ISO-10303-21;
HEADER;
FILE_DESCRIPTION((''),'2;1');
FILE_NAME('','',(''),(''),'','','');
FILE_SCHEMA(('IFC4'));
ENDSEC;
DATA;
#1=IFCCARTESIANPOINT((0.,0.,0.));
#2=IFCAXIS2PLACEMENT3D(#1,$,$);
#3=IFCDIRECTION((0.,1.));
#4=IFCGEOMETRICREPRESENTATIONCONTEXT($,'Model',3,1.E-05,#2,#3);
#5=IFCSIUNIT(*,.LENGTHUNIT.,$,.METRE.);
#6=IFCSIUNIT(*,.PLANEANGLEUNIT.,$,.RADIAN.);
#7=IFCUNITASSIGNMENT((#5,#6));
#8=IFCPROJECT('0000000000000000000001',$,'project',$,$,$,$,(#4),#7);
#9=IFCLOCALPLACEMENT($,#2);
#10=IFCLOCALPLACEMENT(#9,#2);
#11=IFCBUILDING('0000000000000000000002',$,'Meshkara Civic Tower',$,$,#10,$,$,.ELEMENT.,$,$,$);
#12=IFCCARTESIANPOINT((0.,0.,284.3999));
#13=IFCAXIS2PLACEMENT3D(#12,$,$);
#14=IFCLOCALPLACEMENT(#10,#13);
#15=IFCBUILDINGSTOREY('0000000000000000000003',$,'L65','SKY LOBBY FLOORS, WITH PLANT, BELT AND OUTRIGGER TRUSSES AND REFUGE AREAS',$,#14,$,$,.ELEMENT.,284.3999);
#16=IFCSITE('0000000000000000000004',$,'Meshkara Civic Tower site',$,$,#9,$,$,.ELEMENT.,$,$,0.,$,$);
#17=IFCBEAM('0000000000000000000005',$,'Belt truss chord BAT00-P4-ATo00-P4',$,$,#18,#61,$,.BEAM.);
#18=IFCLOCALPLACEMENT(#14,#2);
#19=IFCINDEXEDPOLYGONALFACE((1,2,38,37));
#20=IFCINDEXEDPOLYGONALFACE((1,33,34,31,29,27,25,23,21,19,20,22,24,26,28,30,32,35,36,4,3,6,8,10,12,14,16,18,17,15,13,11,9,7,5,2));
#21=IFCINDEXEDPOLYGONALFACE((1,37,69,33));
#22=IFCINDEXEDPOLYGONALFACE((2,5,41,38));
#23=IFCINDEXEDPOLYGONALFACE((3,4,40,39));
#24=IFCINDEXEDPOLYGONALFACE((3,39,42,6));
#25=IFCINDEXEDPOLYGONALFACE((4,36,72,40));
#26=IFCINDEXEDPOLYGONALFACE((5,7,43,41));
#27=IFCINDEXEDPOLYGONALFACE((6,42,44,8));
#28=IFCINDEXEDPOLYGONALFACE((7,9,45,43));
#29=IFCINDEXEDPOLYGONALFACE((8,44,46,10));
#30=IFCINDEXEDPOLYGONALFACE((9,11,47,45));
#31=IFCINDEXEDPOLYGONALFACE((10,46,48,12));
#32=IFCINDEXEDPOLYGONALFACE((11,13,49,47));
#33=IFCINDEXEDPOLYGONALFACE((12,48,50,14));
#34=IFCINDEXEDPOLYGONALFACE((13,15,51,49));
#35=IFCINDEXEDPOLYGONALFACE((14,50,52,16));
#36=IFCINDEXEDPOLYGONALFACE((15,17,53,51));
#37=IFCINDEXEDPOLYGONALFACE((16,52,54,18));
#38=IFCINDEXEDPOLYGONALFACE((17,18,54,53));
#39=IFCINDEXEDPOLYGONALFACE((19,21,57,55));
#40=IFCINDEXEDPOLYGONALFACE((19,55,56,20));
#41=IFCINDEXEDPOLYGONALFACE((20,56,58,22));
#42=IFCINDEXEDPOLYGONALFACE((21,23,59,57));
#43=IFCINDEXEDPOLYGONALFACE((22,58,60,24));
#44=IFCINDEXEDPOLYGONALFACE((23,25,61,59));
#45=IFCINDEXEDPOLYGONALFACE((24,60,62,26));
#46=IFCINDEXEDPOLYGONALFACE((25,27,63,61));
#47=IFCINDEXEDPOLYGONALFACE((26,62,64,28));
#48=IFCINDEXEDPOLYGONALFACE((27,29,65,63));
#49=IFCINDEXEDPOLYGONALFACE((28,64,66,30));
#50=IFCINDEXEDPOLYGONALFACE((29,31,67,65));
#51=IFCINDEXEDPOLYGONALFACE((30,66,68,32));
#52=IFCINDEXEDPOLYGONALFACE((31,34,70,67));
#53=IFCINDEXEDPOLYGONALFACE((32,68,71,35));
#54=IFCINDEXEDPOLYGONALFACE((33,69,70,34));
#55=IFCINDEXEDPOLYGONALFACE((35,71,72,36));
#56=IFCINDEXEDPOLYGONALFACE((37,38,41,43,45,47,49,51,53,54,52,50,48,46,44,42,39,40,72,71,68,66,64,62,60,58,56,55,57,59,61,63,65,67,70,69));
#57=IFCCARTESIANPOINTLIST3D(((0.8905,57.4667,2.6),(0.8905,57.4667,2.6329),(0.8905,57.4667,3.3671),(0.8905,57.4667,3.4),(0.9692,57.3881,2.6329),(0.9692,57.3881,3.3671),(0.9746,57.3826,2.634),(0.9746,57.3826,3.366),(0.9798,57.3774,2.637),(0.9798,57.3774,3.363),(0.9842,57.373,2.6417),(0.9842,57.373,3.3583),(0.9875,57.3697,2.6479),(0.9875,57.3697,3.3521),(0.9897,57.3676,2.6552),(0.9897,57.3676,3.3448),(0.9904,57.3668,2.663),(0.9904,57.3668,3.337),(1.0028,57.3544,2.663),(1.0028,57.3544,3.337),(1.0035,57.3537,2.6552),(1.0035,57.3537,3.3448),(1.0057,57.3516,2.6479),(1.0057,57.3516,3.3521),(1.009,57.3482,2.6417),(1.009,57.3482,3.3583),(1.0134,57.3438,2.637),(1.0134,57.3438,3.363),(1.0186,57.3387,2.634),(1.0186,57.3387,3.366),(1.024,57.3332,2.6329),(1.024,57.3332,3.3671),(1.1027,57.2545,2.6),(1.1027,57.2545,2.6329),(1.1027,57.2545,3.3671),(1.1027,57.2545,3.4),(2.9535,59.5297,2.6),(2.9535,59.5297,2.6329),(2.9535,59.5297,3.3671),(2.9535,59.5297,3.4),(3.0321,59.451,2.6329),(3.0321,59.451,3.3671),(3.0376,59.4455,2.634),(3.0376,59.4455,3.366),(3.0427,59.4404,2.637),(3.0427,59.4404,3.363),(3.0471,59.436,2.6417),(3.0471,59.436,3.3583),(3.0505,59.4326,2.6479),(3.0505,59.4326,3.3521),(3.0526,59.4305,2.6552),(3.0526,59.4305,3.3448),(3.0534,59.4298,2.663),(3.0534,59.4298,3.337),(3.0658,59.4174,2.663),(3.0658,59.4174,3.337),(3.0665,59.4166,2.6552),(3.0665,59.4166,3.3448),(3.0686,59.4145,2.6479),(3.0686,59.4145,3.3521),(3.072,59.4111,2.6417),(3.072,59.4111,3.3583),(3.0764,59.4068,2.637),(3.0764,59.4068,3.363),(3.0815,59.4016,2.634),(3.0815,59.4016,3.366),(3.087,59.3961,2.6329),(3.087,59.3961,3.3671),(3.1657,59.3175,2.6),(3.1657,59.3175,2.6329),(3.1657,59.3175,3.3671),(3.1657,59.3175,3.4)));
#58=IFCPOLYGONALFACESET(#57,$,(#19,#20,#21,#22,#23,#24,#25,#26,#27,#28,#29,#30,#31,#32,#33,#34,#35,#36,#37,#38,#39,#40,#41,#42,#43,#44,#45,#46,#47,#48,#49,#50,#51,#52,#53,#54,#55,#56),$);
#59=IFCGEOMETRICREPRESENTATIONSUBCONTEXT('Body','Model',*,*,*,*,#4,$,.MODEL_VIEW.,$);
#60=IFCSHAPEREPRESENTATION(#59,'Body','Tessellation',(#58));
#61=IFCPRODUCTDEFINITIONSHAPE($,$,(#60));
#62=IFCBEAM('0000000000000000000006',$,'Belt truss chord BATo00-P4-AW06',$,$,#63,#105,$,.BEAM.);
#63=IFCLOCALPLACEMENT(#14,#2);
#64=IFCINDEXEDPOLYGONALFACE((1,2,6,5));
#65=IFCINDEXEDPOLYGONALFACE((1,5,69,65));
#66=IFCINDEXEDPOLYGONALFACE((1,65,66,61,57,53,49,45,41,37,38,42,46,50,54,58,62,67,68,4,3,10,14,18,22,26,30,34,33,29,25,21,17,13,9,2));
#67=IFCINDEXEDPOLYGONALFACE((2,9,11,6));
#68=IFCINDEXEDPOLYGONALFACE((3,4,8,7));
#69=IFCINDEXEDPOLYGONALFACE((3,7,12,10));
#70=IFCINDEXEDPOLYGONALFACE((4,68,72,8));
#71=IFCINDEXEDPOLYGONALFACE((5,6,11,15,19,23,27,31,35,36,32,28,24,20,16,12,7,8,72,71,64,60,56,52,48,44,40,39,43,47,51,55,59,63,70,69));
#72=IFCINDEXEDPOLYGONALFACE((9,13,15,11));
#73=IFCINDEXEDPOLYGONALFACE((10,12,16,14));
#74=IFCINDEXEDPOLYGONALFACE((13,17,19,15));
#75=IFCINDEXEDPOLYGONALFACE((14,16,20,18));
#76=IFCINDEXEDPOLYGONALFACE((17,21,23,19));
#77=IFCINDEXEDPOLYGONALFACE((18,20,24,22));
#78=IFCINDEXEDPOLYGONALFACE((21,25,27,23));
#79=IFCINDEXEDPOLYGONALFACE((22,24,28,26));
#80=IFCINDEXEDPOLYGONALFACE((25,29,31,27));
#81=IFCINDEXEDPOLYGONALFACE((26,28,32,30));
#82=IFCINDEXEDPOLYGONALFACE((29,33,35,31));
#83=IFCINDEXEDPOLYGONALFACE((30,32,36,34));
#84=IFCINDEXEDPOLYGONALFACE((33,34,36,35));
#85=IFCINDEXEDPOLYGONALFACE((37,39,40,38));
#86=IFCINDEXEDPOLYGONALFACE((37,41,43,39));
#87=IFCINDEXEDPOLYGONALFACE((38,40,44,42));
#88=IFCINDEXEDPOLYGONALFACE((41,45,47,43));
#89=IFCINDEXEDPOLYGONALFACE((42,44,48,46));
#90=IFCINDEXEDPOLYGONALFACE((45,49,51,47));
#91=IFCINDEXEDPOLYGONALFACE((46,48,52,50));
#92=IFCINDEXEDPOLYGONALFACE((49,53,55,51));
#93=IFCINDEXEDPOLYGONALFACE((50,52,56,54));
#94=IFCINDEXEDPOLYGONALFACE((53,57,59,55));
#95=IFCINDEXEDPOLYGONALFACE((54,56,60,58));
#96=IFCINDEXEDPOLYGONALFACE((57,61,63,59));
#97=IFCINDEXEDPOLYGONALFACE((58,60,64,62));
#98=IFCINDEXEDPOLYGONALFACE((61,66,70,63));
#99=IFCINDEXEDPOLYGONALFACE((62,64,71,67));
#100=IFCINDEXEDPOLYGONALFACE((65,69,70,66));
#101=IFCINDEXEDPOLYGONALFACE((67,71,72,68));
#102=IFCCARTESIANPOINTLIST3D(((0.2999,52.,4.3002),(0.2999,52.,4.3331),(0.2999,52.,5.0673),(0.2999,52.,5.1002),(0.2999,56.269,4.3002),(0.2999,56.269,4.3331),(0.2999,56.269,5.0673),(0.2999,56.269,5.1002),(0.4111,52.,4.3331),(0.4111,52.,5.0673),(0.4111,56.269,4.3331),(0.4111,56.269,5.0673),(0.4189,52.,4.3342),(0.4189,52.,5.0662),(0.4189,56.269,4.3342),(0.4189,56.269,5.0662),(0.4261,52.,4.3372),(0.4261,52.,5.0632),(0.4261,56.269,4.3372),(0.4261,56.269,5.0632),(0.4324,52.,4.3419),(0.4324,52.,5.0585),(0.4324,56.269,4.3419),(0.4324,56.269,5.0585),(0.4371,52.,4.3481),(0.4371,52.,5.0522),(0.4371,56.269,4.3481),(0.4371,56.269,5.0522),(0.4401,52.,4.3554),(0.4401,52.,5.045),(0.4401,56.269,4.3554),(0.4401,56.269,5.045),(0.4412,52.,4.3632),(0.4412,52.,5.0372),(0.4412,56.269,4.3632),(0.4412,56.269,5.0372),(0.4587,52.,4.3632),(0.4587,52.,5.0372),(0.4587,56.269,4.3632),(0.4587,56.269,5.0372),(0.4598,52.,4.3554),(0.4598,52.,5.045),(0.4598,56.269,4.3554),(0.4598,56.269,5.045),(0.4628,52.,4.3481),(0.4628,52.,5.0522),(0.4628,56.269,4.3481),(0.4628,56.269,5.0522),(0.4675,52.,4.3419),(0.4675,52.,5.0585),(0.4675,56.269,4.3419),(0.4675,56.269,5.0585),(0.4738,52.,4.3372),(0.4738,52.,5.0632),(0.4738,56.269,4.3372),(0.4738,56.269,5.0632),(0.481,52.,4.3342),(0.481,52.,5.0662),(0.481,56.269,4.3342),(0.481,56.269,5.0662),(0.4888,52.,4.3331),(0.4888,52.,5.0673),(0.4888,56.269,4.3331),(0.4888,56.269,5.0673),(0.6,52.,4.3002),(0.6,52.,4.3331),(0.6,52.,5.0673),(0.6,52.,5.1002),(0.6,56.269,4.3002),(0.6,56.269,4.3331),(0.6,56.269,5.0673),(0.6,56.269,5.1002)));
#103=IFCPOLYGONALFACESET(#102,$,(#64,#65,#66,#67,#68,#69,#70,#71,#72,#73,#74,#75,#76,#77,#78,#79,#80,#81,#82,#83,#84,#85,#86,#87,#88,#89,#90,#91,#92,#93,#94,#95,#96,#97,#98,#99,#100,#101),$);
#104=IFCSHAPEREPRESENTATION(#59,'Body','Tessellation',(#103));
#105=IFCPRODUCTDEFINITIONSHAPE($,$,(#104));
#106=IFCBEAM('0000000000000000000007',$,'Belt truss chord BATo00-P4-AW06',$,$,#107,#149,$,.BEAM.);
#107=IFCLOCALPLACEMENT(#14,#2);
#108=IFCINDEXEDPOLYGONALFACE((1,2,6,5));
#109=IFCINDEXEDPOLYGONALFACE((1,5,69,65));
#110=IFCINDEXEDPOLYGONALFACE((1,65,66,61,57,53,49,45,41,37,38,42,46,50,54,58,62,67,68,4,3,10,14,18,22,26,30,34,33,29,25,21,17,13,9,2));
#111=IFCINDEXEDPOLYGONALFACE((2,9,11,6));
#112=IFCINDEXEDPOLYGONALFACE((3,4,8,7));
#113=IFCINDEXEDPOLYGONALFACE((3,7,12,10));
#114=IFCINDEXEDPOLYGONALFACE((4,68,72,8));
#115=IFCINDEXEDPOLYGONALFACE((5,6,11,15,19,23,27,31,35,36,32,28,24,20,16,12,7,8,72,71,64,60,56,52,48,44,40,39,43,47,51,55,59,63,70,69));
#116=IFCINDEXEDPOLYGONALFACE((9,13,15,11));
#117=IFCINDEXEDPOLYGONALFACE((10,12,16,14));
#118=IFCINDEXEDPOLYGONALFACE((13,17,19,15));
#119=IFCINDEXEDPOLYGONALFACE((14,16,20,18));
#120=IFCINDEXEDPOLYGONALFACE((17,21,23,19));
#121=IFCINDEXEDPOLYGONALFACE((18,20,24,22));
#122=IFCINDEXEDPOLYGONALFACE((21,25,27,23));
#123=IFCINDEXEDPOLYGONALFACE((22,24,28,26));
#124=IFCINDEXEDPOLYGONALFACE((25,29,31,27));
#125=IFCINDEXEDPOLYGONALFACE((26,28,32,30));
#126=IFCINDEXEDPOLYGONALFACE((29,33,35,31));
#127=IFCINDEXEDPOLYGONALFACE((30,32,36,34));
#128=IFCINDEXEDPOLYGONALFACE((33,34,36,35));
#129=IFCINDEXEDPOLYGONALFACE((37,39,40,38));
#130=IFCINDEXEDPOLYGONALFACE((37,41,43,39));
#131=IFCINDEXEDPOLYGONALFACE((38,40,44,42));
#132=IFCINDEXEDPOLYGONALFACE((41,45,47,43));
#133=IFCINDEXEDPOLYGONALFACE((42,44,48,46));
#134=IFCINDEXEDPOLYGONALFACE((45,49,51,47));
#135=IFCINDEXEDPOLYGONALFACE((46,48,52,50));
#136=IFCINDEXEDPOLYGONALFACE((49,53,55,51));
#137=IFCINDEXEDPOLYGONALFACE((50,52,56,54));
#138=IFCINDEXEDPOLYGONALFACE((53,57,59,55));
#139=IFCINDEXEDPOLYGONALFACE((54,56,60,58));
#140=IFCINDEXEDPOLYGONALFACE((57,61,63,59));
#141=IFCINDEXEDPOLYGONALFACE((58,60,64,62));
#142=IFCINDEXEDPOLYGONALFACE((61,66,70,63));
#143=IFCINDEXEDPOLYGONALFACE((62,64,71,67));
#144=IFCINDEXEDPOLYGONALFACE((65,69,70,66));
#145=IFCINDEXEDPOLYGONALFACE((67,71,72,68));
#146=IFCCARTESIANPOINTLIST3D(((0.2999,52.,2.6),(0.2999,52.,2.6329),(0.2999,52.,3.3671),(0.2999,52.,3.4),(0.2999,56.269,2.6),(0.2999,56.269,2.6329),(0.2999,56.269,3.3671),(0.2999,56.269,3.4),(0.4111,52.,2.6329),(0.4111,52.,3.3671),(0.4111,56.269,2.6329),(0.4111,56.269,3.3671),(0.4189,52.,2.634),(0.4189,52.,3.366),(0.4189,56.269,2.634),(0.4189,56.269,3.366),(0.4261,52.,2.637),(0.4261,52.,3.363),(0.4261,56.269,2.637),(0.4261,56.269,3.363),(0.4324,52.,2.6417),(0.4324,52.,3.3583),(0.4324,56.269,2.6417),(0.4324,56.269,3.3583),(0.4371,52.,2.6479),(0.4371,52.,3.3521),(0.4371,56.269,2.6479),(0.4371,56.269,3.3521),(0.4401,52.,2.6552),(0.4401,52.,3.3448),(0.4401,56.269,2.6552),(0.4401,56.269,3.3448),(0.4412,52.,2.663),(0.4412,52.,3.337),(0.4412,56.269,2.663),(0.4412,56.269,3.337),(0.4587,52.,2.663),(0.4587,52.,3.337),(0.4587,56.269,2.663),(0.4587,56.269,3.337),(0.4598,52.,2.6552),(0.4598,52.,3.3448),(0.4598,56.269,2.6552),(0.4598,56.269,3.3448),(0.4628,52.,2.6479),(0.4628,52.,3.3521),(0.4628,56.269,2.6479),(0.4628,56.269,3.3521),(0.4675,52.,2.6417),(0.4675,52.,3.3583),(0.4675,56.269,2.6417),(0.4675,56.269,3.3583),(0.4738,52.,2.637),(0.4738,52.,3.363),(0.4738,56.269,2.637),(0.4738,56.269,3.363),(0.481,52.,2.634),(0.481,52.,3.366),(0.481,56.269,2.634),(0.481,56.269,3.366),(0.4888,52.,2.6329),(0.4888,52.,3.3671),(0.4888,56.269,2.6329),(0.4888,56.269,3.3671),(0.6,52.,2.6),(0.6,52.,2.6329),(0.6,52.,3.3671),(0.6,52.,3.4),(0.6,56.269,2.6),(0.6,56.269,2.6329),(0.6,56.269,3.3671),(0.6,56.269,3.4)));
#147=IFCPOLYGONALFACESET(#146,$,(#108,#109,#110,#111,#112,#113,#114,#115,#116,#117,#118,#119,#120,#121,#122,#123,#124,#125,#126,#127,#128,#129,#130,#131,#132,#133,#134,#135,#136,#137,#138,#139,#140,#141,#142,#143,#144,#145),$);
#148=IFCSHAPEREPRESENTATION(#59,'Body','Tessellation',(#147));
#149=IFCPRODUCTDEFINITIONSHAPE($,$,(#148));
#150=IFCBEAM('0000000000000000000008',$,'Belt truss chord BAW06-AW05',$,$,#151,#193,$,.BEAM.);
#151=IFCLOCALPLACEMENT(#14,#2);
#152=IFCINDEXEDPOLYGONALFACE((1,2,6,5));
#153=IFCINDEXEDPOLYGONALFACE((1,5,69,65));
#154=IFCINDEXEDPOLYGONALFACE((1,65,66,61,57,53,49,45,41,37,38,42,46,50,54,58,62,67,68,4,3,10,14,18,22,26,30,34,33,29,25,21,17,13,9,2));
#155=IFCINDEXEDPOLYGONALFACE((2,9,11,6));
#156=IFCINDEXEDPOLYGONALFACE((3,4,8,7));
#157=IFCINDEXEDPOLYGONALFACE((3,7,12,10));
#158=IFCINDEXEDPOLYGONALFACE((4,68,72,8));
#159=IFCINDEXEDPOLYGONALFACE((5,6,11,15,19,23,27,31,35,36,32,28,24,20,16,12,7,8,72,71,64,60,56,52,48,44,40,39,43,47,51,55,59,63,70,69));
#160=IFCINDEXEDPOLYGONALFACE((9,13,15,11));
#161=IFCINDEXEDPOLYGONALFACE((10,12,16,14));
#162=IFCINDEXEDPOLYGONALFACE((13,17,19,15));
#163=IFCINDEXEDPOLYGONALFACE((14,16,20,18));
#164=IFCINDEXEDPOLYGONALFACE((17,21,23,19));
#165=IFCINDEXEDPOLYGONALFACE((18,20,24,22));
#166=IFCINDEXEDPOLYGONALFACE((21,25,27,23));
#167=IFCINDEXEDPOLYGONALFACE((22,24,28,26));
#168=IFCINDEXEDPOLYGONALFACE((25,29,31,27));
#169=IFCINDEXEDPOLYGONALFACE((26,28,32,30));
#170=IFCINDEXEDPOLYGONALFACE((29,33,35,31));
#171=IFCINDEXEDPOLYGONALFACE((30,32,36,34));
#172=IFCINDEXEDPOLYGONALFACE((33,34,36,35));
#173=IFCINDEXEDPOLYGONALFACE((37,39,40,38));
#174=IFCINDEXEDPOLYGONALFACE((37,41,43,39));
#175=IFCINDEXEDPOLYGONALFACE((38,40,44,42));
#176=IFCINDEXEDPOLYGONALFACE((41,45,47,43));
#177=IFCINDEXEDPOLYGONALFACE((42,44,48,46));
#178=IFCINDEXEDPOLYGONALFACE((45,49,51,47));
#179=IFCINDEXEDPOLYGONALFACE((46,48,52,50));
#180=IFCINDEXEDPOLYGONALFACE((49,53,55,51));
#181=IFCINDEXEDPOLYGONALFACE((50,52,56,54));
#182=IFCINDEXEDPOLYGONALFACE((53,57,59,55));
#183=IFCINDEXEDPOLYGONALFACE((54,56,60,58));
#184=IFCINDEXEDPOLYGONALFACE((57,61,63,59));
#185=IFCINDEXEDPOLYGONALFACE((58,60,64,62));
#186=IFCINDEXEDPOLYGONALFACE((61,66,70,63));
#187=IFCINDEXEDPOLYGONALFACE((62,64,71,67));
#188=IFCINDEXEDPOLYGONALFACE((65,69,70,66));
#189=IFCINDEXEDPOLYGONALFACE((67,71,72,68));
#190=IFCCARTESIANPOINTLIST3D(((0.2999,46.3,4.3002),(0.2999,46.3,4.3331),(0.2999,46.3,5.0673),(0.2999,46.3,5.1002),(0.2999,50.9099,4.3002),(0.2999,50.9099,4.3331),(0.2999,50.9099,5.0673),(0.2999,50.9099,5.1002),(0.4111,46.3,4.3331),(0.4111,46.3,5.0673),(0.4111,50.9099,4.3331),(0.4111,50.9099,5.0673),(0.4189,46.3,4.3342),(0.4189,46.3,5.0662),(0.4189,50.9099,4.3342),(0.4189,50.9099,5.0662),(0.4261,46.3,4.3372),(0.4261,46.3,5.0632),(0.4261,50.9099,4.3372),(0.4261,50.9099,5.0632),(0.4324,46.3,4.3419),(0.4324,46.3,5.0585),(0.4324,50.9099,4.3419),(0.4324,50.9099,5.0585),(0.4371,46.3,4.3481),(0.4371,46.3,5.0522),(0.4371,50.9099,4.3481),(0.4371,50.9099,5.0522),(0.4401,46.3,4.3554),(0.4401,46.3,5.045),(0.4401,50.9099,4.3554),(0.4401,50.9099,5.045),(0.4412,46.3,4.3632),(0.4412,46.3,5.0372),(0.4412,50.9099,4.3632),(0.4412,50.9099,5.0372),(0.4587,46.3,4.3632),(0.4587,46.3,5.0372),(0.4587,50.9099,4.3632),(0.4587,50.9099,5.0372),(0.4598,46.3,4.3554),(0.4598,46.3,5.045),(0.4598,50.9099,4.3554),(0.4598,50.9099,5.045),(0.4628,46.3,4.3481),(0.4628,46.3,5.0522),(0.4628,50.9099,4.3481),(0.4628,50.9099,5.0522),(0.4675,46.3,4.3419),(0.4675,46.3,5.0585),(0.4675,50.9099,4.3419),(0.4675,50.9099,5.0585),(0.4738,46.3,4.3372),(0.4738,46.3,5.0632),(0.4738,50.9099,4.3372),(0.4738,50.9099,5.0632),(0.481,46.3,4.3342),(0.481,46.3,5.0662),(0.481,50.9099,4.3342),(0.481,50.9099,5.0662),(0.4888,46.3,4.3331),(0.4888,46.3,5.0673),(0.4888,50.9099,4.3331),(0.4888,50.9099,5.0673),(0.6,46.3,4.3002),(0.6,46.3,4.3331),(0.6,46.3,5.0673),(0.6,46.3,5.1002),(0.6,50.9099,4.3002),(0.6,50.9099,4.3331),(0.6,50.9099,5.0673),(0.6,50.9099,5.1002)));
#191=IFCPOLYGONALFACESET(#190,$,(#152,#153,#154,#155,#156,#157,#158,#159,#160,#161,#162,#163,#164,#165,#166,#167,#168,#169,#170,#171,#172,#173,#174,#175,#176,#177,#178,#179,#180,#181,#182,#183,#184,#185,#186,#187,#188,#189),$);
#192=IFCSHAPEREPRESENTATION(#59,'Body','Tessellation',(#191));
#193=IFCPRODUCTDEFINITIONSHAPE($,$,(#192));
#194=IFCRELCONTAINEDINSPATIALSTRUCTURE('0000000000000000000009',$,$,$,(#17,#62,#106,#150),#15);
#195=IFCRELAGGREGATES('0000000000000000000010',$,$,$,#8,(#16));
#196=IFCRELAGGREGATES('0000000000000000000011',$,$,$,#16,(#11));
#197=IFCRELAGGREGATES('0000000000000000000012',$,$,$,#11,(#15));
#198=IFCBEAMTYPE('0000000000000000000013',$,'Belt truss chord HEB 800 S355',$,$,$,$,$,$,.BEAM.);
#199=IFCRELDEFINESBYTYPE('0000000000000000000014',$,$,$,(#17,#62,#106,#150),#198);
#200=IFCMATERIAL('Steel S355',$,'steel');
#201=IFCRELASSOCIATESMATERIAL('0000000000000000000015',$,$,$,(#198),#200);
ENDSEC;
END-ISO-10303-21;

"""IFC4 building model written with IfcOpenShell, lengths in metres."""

from ifc_helpers import new_model, si_unit, direction, frame, origin, origin_2d, place, context, subcontext, project, spatial, i_section, extrude, material, material_profile, profile_set, type_object, element, save


model = new_model("IFC4")

# Units and contexts
model_context = context("Model", 3, precision=1e-05, world=origin(), true_north=direction((0.0, 1.0)))
body_context = subcontext(model_context, "Body", "Model", "MODEL_VIEW")
ifc_project = project(units=[si_unit("LENGTHUNIT", "METRE"), si_unit("PLANEANGLEUNIT", "RADIAN")], contexts=[model_context])

# Site, building, storey
site_placement = place(None, origin())
site = spatial("IfcSite", under=ifc_project, at=site_placement, Name="Meshkara Civic Tower site", CompositionType="ELEMENT", RefElevation=0.0)
building_placement = place(site_placement, origin())
building = spatial("IfcBuilding", under=site, at=building_placement, Name="Meshkara Civic Tower", CompositionType="ELEMENT")
storey_placement = place(building_placement, frame((0.0, 0.0, 284.3999)))
storey = spatial("IfcBuildingStorey", under=building, at=storey_placement, Name="L65", Description="SKY LOBBY FLOORS, WITH PLANT, BELT AND OUTRIGGER TRUSSES AND REFUGE AREAS", CompositionType="ELEMENT", Elevation=284.3999)

# Beams
ifc_material_1 = material(Name="Steel S355", Category="steel")
ifc_material_profile_1 = material_profile(ifc_material_1, i_section(OverallWidth=0.3, OverallDepth=0.8, WebThickness=0.0176, FlangeThickness=0.033, FilletRadius=0.03, at=origin_2d()))
ifc_profile_set_1 = profile_set([ifc_material_profile_1], Name="Steel S355")
beam_type = type_object("IfcBeamType", Name="Belt truss chord HEB 800 S355", PredefinedType="BEAM", material=ifc_profile_set_1)
for number, where, z_axis, x_axis, name in (
    (1, (3.0596, 59.4236, 3.0), (-0.707107, -0.707107, 0.0), (0.707107, -0.707107, 0.0), "Belt truss chord BAT00-P4-ATo00-P4"),
):
    element("IfcBeam", number, at=place(storey_placement, frame(where, z_axis=z_axis, x_axis=x_axis)), inside=storey, type_object=beam_type, Name=name, PredefinedType="BEAM", context=body_context, shape_type="SweptSolid", body=[
        extrude(i_section(OverallWidth=0.3, OverallDepth=0.8, WebThickness=0.0176, FlangeThickness=0.033, FilletRadius=0.03, at=origin_2d()), origin(), (0.0, 0.0, 1.0), 2.9175),
    ])
for number, where, z_axis, x_axis, name in (
    (2, (0.45, 56.269, 4.7002), (0.0, -1.0, 0.0), (1.0, 0.0, 0.0), "Belt truss chord BATo00-P4-AW06"),
    (3, (0.45, 56.269, 3.0), (0.0, -1.0, 0.0), (1.0, 0.0, 0.0), "Belt truss chord BATo00-P4-AW06"),
):
    element("IfcBeam", number, at=place(storey_placement, frame(where, z_axis=z_axis, x_axis=x_axis)), inside=storey, type_object=beam_type, Name=name, PredefinedType="BEAM", context=body_context, shape_type="SweptSolid", body=[
        extrude(i_section(OverallWidth=0.3, OverallDepth=0.8, WebThickness=0.0176, FlangeThickness=0.033, FilletRadius=0.03, at=origin_2d()), origin(), (0.0, 0.0, 1.0), 4.269),
    ])
for number, where, z_axis, x_axis, name in (
    (4, (0.45, 50.9099, 4.7002), (0.0, -1.0, 0.0), (1.0, 0.0, 0.0), "Belt truss chord BAW06-AW05"),
):
    element("IfcBeam", number, at=place(storey_placement, frame(where, z_axis=z_axis, x_axis=x_axis)), inside=storey, type_object=beam_type, Name=name, PredefinedType="BEAM", context=body_context, shape_type="SweptSolid", body=[
        extrude(i_section(OverallWidth=0.3, OverallDepth=0.8, WebThickness=0.0176, FlangeThickness=0.033, FilletRadius=0.03, at=origin_2d()), origin(), (0.0, 0.0, 1.0), 4.6099),
    ])

save(model, "model.ifc")
